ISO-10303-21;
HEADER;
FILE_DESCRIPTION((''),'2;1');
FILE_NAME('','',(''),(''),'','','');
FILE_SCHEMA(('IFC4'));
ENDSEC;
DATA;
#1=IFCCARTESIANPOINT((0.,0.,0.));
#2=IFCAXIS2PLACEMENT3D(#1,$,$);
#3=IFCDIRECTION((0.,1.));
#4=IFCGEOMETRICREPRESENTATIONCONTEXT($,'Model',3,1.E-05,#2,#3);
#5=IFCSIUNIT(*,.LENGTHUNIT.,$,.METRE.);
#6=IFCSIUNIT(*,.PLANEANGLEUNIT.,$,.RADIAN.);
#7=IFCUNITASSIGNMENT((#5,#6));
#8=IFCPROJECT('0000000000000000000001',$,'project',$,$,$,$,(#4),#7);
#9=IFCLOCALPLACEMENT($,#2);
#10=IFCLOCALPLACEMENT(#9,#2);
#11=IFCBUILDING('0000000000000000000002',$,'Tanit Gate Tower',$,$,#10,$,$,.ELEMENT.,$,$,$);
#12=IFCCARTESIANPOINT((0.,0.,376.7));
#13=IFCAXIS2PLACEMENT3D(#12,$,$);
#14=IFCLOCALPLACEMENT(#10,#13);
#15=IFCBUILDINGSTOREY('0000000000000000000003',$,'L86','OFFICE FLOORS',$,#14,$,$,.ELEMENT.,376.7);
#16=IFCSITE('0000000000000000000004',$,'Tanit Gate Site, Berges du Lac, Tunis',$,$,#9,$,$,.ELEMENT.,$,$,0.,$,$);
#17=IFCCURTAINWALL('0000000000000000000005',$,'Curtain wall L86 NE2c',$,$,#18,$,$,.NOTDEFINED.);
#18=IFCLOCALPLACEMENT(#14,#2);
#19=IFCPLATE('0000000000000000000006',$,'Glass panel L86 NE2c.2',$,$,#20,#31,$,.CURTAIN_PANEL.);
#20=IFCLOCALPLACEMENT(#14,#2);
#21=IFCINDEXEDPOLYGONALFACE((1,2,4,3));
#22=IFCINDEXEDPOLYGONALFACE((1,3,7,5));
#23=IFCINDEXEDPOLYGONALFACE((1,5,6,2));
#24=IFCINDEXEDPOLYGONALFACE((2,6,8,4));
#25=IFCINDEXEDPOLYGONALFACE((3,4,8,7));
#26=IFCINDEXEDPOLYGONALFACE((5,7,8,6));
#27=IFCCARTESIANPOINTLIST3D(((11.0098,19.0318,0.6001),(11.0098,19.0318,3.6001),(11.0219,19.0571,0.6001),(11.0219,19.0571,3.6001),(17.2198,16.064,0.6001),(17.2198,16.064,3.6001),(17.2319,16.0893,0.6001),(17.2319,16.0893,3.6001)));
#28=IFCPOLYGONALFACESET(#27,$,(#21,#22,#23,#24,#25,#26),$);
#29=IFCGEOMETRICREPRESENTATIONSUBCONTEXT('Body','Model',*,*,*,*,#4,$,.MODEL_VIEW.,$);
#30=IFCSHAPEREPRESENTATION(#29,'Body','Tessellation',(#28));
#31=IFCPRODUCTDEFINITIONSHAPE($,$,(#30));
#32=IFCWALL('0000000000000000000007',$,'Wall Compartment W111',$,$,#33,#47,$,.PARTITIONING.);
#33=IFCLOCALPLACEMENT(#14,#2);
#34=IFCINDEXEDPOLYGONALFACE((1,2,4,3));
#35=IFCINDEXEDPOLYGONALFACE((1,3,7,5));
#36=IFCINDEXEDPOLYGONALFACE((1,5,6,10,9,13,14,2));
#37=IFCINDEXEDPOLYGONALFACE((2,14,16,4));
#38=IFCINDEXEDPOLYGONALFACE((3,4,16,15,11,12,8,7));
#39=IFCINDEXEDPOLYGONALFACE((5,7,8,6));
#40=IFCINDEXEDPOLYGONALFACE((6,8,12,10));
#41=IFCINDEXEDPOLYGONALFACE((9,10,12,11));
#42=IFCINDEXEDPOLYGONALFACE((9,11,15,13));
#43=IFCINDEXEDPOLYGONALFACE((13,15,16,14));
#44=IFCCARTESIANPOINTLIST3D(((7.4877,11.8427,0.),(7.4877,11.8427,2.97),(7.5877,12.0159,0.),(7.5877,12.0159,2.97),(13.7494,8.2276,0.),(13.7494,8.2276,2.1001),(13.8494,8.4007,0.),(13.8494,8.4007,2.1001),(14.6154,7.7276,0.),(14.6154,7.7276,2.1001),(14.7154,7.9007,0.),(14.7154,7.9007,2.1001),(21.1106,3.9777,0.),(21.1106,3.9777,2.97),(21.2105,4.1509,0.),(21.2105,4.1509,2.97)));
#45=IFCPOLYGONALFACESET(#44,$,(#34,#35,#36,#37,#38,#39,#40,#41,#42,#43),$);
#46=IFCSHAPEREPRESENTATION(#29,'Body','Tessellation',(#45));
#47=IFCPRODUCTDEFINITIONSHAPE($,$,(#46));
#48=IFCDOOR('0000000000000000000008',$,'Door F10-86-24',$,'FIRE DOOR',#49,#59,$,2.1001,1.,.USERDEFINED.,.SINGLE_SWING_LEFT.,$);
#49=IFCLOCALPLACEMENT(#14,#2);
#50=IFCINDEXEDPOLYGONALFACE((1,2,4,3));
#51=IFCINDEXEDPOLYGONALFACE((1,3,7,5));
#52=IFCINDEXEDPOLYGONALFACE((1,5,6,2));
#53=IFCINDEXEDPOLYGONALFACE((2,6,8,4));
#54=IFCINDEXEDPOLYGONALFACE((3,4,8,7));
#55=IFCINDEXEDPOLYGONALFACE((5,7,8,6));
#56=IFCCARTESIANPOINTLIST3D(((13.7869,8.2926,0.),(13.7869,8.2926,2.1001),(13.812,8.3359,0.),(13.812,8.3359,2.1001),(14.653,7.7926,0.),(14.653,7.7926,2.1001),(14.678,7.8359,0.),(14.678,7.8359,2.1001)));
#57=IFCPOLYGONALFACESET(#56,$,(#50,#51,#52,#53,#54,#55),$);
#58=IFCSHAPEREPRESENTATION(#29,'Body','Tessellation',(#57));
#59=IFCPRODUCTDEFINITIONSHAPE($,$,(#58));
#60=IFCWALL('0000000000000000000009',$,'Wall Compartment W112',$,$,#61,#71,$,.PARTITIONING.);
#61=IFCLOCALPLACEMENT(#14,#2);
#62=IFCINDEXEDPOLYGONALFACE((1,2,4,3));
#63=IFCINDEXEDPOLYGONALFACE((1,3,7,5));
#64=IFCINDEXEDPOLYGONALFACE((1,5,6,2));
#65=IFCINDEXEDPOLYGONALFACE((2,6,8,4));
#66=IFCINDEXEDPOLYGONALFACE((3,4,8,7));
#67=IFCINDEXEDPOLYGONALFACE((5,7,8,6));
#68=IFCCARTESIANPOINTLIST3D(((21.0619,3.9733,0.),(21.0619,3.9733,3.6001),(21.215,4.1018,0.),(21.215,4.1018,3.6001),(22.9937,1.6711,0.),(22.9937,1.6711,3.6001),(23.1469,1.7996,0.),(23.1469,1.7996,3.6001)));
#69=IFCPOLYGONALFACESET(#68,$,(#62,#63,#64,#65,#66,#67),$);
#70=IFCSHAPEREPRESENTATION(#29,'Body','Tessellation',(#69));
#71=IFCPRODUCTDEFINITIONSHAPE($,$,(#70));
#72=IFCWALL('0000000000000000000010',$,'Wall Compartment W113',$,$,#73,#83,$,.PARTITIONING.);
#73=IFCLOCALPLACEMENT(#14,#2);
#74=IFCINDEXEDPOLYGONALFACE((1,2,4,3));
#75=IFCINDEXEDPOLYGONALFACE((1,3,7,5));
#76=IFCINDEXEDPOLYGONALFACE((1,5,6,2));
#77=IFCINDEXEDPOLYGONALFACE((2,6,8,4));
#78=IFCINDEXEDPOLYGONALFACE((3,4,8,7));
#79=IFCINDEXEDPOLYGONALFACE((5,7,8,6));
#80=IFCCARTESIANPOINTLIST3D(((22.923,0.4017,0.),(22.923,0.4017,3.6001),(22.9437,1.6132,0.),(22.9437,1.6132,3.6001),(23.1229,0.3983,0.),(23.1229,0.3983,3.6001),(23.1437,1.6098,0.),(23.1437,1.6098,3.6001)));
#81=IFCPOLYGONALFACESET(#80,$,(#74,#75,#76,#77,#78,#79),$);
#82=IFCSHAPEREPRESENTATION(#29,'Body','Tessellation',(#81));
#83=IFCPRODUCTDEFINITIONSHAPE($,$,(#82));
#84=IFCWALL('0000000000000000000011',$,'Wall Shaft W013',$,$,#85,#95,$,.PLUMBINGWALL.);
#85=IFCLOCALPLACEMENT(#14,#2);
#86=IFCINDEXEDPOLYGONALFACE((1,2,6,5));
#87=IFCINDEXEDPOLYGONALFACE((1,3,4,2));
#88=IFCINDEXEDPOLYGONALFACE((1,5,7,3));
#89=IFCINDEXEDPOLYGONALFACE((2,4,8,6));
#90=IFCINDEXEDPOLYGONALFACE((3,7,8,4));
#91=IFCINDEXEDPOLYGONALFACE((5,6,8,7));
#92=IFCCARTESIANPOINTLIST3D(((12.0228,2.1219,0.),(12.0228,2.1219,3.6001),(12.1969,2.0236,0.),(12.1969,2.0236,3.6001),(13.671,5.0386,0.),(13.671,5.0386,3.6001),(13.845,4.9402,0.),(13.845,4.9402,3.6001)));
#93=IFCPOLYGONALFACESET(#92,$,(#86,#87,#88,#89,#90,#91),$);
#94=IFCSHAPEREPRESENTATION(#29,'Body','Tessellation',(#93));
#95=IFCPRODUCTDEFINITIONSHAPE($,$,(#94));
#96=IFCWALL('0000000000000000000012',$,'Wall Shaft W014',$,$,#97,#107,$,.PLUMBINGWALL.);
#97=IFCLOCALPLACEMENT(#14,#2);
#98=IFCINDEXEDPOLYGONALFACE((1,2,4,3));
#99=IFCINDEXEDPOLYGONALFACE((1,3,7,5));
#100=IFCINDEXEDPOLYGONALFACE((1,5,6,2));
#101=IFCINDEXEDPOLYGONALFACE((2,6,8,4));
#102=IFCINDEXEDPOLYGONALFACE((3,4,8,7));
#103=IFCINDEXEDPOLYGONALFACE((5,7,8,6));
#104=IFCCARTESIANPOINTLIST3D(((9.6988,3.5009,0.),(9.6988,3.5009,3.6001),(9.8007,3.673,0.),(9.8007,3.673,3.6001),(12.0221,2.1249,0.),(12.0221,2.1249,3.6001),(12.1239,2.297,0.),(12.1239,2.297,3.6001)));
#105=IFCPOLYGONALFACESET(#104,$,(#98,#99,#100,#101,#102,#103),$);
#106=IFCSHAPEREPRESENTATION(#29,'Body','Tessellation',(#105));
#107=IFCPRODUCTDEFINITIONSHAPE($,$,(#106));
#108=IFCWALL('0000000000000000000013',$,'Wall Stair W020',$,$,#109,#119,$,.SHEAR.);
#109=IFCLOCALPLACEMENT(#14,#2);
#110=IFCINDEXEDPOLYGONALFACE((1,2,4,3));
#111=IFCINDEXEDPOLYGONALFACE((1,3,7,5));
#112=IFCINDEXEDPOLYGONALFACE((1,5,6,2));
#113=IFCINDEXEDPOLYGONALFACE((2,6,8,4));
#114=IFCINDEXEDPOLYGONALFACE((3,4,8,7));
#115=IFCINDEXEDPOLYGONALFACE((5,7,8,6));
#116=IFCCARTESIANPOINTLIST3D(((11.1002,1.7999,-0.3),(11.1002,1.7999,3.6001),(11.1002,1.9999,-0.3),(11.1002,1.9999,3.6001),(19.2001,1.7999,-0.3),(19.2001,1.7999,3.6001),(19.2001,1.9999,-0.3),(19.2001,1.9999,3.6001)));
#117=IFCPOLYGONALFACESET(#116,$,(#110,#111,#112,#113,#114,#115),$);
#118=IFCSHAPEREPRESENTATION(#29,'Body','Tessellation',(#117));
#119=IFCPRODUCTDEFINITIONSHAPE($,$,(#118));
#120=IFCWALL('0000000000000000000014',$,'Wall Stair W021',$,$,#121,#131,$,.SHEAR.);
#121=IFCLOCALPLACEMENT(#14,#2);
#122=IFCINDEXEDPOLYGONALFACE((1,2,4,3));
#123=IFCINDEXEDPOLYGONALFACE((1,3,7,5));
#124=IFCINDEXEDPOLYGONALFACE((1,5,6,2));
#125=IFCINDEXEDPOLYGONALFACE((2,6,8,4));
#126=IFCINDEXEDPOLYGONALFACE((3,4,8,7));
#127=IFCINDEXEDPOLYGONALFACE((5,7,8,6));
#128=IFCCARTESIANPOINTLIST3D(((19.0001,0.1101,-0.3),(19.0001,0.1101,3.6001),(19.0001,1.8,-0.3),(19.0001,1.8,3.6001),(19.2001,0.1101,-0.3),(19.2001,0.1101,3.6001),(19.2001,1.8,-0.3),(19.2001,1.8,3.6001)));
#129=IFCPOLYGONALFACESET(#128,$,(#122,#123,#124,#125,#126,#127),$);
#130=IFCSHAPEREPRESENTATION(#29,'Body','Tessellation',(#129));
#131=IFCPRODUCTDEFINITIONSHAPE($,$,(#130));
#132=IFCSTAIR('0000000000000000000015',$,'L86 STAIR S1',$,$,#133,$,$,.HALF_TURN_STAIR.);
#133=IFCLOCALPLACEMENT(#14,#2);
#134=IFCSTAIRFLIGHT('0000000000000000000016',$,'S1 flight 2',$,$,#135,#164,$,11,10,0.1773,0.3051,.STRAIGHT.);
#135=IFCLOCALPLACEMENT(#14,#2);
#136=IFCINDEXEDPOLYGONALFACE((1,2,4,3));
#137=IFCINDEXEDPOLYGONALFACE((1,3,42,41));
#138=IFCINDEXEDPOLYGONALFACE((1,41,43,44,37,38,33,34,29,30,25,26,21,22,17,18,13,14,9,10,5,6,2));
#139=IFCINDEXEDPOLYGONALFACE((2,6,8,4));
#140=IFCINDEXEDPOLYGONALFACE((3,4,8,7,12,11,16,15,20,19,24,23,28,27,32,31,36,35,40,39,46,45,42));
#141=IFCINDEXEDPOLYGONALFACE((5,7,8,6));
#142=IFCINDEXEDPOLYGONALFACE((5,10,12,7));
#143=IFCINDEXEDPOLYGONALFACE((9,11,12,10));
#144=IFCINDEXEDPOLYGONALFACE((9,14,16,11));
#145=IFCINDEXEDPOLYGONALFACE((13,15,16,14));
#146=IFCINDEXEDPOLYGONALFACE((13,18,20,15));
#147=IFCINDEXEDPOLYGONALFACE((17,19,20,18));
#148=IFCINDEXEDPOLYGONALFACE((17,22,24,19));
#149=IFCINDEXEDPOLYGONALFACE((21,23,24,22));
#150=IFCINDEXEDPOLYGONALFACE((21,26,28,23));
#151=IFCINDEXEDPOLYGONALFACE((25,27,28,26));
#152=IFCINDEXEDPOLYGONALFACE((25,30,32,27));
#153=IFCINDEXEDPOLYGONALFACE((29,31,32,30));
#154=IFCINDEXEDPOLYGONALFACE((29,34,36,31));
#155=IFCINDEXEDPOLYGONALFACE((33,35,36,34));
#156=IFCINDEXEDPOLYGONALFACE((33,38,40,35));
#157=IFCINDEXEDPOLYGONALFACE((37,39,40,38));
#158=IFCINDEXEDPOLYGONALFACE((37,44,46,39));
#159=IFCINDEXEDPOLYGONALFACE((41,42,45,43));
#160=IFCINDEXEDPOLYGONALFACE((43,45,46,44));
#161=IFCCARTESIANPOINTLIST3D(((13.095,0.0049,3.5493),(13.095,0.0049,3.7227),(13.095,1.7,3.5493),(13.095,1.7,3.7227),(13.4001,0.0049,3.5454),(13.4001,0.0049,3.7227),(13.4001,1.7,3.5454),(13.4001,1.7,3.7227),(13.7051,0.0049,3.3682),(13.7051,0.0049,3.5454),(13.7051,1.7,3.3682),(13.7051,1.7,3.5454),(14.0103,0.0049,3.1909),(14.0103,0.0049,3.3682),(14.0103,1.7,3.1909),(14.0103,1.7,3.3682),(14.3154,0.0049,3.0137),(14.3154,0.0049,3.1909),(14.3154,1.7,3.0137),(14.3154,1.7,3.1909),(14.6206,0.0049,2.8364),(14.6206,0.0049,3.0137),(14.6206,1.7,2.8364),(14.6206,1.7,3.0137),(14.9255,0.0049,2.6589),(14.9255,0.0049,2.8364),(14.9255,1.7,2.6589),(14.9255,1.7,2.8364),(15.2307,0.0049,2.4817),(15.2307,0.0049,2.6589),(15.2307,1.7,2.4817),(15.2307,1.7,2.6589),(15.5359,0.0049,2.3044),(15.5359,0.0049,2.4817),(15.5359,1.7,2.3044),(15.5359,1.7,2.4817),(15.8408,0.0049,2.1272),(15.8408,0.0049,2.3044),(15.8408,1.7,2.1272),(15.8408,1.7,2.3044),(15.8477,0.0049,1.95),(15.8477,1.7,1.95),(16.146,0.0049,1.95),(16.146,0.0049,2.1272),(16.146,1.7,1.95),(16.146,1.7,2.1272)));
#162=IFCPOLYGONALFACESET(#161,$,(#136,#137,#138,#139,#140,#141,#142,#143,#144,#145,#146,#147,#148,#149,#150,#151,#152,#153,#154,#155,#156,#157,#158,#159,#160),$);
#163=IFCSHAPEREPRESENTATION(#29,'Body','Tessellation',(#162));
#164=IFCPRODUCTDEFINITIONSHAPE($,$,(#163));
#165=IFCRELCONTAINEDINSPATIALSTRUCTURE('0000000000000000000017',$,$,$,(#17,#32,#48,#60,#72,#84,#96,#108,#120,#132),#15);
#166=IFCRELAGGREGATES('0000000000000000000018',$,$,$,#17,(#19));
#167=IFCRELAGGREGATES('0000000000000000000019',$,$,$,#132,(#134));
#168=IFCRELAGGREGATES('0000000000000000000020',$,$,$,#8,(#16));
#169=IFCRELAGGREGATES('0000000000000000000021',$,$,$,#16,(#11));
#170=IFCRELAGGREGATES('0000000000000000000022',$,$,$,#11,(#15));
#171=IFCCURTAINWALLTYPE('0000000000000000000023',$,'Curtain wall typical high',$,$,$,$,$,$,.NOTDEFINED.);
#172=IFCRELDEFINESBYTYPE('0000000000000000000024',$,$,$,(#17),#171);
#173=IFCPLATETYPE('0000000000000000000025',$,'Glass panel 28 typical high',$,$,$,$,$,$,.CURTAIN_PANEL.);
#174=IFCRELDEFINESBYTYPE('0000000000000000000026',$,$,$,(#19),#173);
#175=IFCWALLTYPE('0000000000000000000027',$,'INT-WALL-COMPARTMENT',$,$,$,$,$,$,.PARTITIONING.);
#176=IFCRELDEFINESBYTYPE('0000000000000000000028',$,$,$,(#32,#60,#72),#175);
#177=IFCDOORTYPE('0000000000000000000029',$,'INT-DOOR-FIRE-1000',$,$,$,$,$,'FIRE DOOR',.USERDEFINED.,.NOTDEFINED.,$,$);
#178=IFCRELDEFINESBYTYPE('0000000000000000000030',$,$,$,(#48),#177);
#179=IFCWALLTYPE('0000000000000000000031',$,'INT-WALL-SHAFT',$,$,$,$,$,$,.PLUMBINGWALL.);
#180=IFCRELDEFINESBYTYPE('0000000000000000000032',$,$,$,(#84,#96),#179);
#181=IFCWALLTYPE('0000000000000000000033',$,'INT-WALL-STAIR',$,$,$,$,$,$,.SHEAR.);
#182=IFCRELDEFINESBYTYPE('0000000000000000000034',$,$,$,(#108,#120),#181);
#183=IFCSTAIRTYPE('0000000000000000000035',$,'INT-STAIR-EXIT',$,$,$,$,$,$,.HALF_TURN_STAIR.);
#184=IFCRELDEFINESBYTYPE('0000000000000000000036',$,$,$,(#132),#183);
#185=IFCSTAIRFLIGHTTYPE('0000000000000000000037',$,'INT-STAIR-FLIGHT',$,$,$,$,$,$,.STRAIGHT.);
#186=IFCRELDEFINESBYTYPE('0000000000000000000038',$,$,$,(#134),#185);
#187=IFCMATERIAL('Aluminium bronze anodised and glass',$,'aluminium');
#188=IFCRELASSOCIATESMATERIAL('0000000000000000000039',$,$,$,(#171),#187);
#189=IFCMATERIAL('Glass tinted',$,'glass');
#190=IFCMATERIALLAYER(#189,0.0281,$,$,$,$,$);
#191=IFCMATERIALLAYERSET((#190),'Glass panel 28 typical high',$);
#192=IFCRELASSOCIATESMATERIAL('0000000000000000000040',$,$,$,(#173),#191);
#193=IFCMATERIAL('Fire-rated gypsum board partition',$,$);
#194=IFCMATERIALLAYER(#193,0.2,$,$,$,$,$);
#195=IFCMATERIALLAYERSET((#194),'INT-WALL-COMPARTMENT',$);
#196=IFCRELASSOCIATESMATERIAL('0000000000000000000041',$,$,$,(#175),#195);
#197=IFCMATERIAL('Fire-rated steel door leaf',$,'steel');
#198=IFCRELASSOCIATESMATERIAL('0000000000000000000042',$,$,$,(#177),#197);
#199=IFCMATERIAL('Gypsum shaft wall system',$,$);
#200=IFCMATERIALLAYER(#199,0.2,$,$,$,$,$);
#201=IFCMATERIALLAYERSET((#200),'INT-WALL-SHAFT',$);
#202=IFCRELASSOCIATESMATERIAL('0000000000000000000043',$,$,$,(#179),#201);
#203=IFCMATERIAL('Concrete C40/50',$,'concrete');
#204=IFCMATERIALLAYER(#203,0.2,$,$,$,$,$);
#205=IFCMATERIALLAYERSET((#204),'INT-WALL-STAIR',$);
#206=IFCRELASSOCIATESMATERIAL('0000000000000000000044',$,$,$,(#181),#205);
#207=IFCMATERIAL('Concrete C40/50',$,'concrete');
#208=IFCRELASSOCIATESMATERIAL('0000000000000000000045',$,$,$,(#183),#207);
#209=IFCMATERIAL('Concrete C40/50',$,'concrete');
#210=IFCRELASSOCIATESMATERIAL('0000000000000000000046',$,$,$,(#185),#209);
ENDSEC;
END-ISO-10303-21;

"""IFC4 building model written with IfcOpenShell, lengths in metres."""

from ifc_helpers import new_model, si_unit, direction, frame, frame_2d, origin, origin_2d, place, context, subcontext, project, spatial, polyline, rectangle, outline, extrude, material, layer, layer_set, type_object, element, fill, aggregate, save


model = new_model("IFC4")

# Units and contexts
model_context = context("Model", 3, precision=1e-05, world=origin(), true_north=direction((0.0, 1.0)))
body_context = subcontext(model_context, "Body", "Model", "MODEL_VIEW")
ifc_project = project(units=[si_unit("LENGTHUNIT", "METRE"), si_unit("PLANEANGLEUNIT", "RADIAN")], contexts=[model_context])

# Site, building, storey
site_placement = place(None, origin())
site = spatial("IfcSite", under=ifc_project, at=site_placement, Name="Tanit Gate Site, Berges du Lac, Tunis", CompositionType="ELEMENT", RefElevation=0.0)
building_placement = place(site_placement, origin())
building = spatial("IfcBuilding", under=site, at=building_placement, Name="Tanit Gate Tower", CompositionType="ELEMENT")
storey_placement = place(building_placement, frame((0.0, 0.0, 376.7)))
storey = spatial("IfcBuildingStorey", under=building, at=storey_placement, Name="L86", Description="OFFICE FLOORS", CompositionType="ELEMENT", Elevation=376.7)

# Curtain wall
ifc_material_1 = material(Name="Aluminium bronze anodised and glass", Category="aluminium")
curtain_wall_type = type_object("IfcCurtainWallType", Name="Curtain wall typical high", PredefinedType="NOTDEFINED", material=ifc_material_1)
curtain_wall_placement = place(storey_placement, origin())
curtain_wall = element("IfcCurtainWall", 1, at=curtain_wall_placement, inside=storey, type_object=curtain_wall_type, Name="Curtain wall L86 NE2c", PredefinedType="NOTDEFINED")

# Plate
ifc_material_2 = material(Name="Glass tinted", Category="glass")
ifc_layer_1 = layer(ifc_material_2, 0.0281)
ifc_layer_set_1 = layer_set([ifc_layer_1], Name="Glass panel 28 typical high")
plate_type = type_object("IfcPlateType", Name="Glass panel 28 typical high", PredefinedType="CURTAIN_PANEL", material=ifc_layer_set_1)
plate_1_placement = place(storey_placement, frame((14.1208, 17.5605, 0.6001), z_axis=(0.0, 0.0, 1.0), x_axis=(-0.902258, 0.431197, 0.0)))
plate_1 = element("IfcPlate", 2, at=plate_1_placement, type_object=plate_type, Name="Glass panel L86 NE2c.2", PredefinedType="CURTAIN_PANEL", context=body_context, shape_type="SweptSolid", body=[
    extrude(rectangle(XDim=6.8828, YDim=0.0281, at=origin_2d()), origin(), (0.0, 0.0, 1.0), 3.0),
])
aggregate(curtain_wall, [plate_1])

# Wall, opening, door
ifc_material_3 = material(Name="Fire-rated gypsum board partition")
ifc_layer_2 = layer(ifc_material_3, 0.2)
ifc_layer_set_2 = layer_set([ifc_layer_2], Name="INT-WALL-COMPARTMENT")
wall_type_1 = type_object("IfcWallType", Name="INT-WALL-COMPARTMENT", PredefinedType="PARTITIONING", material=ifc_layer_set_2)
wall_1_placement = place(storey_placement, frame((21.1606, 4.0642, 0.0), z_axis=(0.0, 0.0, 1.0), x_axis=(-0.866029, 0.499993, 0.0)))
wall_1 = element("IfcWall", 3, at=wall_1_placement, inside=storey, type_object=wall_type_1, Name="Wall Compartment W111", PredefinedType="PARTITIONING", context=body_context, shape_type="SweptSolid", body=[
    extrude(rectangle(XDim=15.7302, YDim=0.2, at=frame_2d((7.8652, 0.0))), origin(), (0.0, 0.0, 1.0), 2.97),
])
opening_1_placement = place(wall_1_placement, frame((7.5, 0.0, 0.0)))
opening_1 = element("IfcOpeningElement", 4, at=opening_1_placement, cuts=wall_1, PredefinedType="OPENING", context=body_context, shape_type="SweptSolid", body=[
    extrude(rectangle(XDim=1.0, YDim=2.1001, at=frame_2d((0.5, 1.05))), frame((0.0, 0.1099, 0.0), z_axis=(0.0, -1.0, 0.0), x_axis=(1.0, 0.0, 0.0)), (0.0, 0.0, 1.0), 0.22),
])
ifc_material_4 = material(Name="Fire-rated steel door leaf", Category="steel")
door_type_1 = type_object("IfcDoorType", Name="INT-DOOR-FIRE-1000", ElementType="FIRE DOOR", OperationType="NOTDEFINED", PredefinedType="USERDEFINED", material=ifc_material_4)
door_1_placement = place(opening_1_placement, origin())
door_1 = element("IfcDoor", 5, at=door_1_placement, inside=storey, type_object=door_type_1, Name="Door F10-86-24", ObjectType="FIRE DOOR", OperationType="SINGLE_SWING_LEFT", OverallHeight=2.1001, OverallWidth=1.0, PredefinedType="USERDEFINED", context=body_context, shape_type="SweptSolid", body=[
    extrude(rectangle(XDim=1.0, YDim=2.1001, at=frame_2d((0.5, 1.05))), frame((0.0, 0.0249, 0.0), z_axis=(0.0, -1.0, 0.0), x_axis=(1.0, 0.0, 0.0)), (0.0, 0.0, 1.0), 0.05),
])
fill(opening_1, door_1)

# Walls
wall_2_placement = place(storey_placement, frame((23.0703, 1.7354, 0.0), z_axis=(0.0, 0.0, 1.0), x_axis=(-0.642801, 0.766033, 0.0)))
element("IfcWall", 6, at=wall_2_placement, inside=storey, type_object=wall_type_1, Name="Wall Compartment W112", PredefinedType="PARTITIONING", context=body_context, shape_type="SweptSolid", body=[
    extrude(rectangle(XDim=3.0054, YDim=0.2, at=frame_2d((1.5027, 0.0))), origin(), (0.0, 0.0, 1.0), 3.6001),
])
wall_3_placement = place(storey_placement, frame((23.0229, 0.3999, 0.0), z_axis=(0.0, 0.0, 1.0), x_axis=(0.017128, 0.999853, 0.0)))
element("IfcWall", 7, at=wall_3_placement, inside=storey, type_object=wall_type_1, Name="Wall Compartment W113", PredefinedType="PARTITIONING", context=body_context, shape_type="SweptSolid", body=[
    extrude(rectangle(XDim=1.2117, YDim=0.2, at=frame_2d((0.606, 0.0))), origin(), (0.0, 0.0, 1.0), 3.6001),
])
ifc_material_5 = material(Name="Gypsum shaft wall system")
ifc_layer_3 = layer(ifc_material_5, 0.2)
ifc_layer_set_3 = layer_set([ifc_layer_3], Name="INT-WALL-SHAFT")
wall_type_2 = type_object("IfcWallType", Name="INT-WALL-SHAFT", PredefinedType="PLUMBINGWALL", material=ifc_layer_set_3)
wall_4_placement = place(storey_placement, frame((12.1099, 2.0728, 0.0), z_axis=(0.0, 0.0, 1.0), x_axis=(0.491966, 0.870614, 0.0)))
element("IfcWall", 8, at=wall_4_placement, inside=storey, type_object=wall_type_2, Name="Wall Shaft W013", PredefinedType="PLUMBINGWALL", context=body_context, shape_type="SweptSolid", body=[
    extrude(rectangle(XDim=3.3501, YDim=0.2, at=frame_2d((1.675, 0.0))), origin(), (0.0, 0.0, 1.0), 3.6001),
])
wall_5_placement = place(storey_placement, frame((12.073, 2.2109, 0.0), z_axis=(0.0, 0.0, 1.0), x_axis=(-0.860415, 0.509594, 0.0)))
element("IfcWall", 9, at=wall_5_placement, inside=storey, type_object=wall_type_2, Name="Wall Shaft W014", PredefinedType="PLUMBINGWALL", context=body_context, shape_type="SweptSolid", body=[
    extrude(rectangle(XDim=2.7002, YDim=0.2, at=frame_2d((1.3501, 0.0))), origin(), (0.0, 0.0, 1.0), 3.6001),
])
ifc_material_6 = material(Name="Concrete C40/50", Category="concrete")
ifc_layer_4 = layer(ifc_material_6, 0.2)
ifc_layer_set_4 = layer_set([ifc_layer_4], Name="INT-WALL-STAIR")
wall_type_3 = type_object("IfcWallType", Name="INT-WALL-STAIR", PredefinedType="SHEAR", material=ifc_layer_set_4)
wall_6_placement = place(storey_placement, frame((19.2, 1.8999, -0.3), z_axis=(0.0, 0.0, 1.0), x_axis=(-1.0, 0.0, 0.0)))
element("IfcWall", 10, at=wall_6_placement, inside=storey, type_object=wall_type_3, Name="Wall Stair W020", PredefinedType="SHEAR", context=body_context, shape_type="SweptSolid", body=[
    extrude(rectangle(XDim=8.0999, YDim=0.2, at=frame_2d((4.0498, 0.0))), origin(), (0.0, 0.0, 1.0), 3.9001),
])
wall_7_placement = place(storey_placement, frame((19.1001, 0.1101, -0.3), z_axis=(0.0, 0.0, 1.0), x_axis=(0.0, 1.0, 0.0)))
element("IfcWall", 11, at=wall_7_placement, inside=storey, type_object=wall_type_3, Name="Wall Stair W021", PredefinedType="SHEAR", context=body_context, shape_type="SweptSolid", body=[
    extrude(rectangle(XDim=1.6899, YDim=0.2, at=frame_2d((0.845, 0.0))), origin(), (0.0, 0.0, 1.0), 3.9001),
])

# Stair, stair flight
ifc_material_7 = material(Name="Concrete C40/50", Category="concrete")
stair_type = type_object("IfcStairType", Name="INT-STAIR-EXIT", PredefinedType="HALF_TURN_STAIR", material=ifc_material_7)
stair_placement = place(storey_placement, origin())
stair = element("IfcStair", 12, at=stair_placement, inside=storey, type_object=stair_type, Name="L86 STAIR S1", PredefinedType="HALF_TURN_STAIR")
ifc_material_8 = material(Name="Concrete C40/50", Category="concrete")
stair_flight_type = type_object("IfcStairFlightType", Name="INT-STAIR-FLIGHT", PredefinedType="STRAIGHT", material=ifc_material_8)
stair_flight_placement = place(storey_placement, frame((16.146, 0.8525, 1.95), z_axis=(0.0, 0.0, 1.0), x_axis=(-1.0, 0.0, 0.0)))
stair_flight = element("IfcStairFlight", 13, at=stair_flight_placement, type_object=stair_flight_type, Name="S1 flight 2", NumberOfRisers=11, NumberOfTreads=10, PredefinedType="STRAIGHT", RiserHeight=0.1773, TreadLength=0.3051, context=body_context, shape_type="SweptSolid", body=[
    extrude(outline(polyline([(0.0, 0.0), (0.0, 0.1772), (0.3052, 0.1772), (0.3052, 0.3545), (0.6101, 0.3545), (0.6101, 0.5317), (0.9153, 0.5317), (0.9153, 0.709), (1.2205, 0.709), (1.2205, 0.8865), (1.5254, 0.8865), (1.5254, 1.0637), (1.8306, 1.0637), (1.8306, 1.241), (2.1357, 1.241), (2.1357, 1.4182), (2.4409, 1.4182), (2.4409, 1.5955), (2.7458, 1.5955), (2.7458, 1.7727), (3.051, 1.7727), (3.051, 1.95), (3.051, 1.5994), (0.2983, 0.0), (0.0, 0.0)])), frame((0.0, 0.8477, 0.0), z_axis=(0.0, -1.0, 0.0), x_axis=(1.0, 0.0, 0.0)), (0.0, 0.0, 1.0), 1.6951),
])
aggregate(stair, [stair_flight])

save(model, "model.ifc")
